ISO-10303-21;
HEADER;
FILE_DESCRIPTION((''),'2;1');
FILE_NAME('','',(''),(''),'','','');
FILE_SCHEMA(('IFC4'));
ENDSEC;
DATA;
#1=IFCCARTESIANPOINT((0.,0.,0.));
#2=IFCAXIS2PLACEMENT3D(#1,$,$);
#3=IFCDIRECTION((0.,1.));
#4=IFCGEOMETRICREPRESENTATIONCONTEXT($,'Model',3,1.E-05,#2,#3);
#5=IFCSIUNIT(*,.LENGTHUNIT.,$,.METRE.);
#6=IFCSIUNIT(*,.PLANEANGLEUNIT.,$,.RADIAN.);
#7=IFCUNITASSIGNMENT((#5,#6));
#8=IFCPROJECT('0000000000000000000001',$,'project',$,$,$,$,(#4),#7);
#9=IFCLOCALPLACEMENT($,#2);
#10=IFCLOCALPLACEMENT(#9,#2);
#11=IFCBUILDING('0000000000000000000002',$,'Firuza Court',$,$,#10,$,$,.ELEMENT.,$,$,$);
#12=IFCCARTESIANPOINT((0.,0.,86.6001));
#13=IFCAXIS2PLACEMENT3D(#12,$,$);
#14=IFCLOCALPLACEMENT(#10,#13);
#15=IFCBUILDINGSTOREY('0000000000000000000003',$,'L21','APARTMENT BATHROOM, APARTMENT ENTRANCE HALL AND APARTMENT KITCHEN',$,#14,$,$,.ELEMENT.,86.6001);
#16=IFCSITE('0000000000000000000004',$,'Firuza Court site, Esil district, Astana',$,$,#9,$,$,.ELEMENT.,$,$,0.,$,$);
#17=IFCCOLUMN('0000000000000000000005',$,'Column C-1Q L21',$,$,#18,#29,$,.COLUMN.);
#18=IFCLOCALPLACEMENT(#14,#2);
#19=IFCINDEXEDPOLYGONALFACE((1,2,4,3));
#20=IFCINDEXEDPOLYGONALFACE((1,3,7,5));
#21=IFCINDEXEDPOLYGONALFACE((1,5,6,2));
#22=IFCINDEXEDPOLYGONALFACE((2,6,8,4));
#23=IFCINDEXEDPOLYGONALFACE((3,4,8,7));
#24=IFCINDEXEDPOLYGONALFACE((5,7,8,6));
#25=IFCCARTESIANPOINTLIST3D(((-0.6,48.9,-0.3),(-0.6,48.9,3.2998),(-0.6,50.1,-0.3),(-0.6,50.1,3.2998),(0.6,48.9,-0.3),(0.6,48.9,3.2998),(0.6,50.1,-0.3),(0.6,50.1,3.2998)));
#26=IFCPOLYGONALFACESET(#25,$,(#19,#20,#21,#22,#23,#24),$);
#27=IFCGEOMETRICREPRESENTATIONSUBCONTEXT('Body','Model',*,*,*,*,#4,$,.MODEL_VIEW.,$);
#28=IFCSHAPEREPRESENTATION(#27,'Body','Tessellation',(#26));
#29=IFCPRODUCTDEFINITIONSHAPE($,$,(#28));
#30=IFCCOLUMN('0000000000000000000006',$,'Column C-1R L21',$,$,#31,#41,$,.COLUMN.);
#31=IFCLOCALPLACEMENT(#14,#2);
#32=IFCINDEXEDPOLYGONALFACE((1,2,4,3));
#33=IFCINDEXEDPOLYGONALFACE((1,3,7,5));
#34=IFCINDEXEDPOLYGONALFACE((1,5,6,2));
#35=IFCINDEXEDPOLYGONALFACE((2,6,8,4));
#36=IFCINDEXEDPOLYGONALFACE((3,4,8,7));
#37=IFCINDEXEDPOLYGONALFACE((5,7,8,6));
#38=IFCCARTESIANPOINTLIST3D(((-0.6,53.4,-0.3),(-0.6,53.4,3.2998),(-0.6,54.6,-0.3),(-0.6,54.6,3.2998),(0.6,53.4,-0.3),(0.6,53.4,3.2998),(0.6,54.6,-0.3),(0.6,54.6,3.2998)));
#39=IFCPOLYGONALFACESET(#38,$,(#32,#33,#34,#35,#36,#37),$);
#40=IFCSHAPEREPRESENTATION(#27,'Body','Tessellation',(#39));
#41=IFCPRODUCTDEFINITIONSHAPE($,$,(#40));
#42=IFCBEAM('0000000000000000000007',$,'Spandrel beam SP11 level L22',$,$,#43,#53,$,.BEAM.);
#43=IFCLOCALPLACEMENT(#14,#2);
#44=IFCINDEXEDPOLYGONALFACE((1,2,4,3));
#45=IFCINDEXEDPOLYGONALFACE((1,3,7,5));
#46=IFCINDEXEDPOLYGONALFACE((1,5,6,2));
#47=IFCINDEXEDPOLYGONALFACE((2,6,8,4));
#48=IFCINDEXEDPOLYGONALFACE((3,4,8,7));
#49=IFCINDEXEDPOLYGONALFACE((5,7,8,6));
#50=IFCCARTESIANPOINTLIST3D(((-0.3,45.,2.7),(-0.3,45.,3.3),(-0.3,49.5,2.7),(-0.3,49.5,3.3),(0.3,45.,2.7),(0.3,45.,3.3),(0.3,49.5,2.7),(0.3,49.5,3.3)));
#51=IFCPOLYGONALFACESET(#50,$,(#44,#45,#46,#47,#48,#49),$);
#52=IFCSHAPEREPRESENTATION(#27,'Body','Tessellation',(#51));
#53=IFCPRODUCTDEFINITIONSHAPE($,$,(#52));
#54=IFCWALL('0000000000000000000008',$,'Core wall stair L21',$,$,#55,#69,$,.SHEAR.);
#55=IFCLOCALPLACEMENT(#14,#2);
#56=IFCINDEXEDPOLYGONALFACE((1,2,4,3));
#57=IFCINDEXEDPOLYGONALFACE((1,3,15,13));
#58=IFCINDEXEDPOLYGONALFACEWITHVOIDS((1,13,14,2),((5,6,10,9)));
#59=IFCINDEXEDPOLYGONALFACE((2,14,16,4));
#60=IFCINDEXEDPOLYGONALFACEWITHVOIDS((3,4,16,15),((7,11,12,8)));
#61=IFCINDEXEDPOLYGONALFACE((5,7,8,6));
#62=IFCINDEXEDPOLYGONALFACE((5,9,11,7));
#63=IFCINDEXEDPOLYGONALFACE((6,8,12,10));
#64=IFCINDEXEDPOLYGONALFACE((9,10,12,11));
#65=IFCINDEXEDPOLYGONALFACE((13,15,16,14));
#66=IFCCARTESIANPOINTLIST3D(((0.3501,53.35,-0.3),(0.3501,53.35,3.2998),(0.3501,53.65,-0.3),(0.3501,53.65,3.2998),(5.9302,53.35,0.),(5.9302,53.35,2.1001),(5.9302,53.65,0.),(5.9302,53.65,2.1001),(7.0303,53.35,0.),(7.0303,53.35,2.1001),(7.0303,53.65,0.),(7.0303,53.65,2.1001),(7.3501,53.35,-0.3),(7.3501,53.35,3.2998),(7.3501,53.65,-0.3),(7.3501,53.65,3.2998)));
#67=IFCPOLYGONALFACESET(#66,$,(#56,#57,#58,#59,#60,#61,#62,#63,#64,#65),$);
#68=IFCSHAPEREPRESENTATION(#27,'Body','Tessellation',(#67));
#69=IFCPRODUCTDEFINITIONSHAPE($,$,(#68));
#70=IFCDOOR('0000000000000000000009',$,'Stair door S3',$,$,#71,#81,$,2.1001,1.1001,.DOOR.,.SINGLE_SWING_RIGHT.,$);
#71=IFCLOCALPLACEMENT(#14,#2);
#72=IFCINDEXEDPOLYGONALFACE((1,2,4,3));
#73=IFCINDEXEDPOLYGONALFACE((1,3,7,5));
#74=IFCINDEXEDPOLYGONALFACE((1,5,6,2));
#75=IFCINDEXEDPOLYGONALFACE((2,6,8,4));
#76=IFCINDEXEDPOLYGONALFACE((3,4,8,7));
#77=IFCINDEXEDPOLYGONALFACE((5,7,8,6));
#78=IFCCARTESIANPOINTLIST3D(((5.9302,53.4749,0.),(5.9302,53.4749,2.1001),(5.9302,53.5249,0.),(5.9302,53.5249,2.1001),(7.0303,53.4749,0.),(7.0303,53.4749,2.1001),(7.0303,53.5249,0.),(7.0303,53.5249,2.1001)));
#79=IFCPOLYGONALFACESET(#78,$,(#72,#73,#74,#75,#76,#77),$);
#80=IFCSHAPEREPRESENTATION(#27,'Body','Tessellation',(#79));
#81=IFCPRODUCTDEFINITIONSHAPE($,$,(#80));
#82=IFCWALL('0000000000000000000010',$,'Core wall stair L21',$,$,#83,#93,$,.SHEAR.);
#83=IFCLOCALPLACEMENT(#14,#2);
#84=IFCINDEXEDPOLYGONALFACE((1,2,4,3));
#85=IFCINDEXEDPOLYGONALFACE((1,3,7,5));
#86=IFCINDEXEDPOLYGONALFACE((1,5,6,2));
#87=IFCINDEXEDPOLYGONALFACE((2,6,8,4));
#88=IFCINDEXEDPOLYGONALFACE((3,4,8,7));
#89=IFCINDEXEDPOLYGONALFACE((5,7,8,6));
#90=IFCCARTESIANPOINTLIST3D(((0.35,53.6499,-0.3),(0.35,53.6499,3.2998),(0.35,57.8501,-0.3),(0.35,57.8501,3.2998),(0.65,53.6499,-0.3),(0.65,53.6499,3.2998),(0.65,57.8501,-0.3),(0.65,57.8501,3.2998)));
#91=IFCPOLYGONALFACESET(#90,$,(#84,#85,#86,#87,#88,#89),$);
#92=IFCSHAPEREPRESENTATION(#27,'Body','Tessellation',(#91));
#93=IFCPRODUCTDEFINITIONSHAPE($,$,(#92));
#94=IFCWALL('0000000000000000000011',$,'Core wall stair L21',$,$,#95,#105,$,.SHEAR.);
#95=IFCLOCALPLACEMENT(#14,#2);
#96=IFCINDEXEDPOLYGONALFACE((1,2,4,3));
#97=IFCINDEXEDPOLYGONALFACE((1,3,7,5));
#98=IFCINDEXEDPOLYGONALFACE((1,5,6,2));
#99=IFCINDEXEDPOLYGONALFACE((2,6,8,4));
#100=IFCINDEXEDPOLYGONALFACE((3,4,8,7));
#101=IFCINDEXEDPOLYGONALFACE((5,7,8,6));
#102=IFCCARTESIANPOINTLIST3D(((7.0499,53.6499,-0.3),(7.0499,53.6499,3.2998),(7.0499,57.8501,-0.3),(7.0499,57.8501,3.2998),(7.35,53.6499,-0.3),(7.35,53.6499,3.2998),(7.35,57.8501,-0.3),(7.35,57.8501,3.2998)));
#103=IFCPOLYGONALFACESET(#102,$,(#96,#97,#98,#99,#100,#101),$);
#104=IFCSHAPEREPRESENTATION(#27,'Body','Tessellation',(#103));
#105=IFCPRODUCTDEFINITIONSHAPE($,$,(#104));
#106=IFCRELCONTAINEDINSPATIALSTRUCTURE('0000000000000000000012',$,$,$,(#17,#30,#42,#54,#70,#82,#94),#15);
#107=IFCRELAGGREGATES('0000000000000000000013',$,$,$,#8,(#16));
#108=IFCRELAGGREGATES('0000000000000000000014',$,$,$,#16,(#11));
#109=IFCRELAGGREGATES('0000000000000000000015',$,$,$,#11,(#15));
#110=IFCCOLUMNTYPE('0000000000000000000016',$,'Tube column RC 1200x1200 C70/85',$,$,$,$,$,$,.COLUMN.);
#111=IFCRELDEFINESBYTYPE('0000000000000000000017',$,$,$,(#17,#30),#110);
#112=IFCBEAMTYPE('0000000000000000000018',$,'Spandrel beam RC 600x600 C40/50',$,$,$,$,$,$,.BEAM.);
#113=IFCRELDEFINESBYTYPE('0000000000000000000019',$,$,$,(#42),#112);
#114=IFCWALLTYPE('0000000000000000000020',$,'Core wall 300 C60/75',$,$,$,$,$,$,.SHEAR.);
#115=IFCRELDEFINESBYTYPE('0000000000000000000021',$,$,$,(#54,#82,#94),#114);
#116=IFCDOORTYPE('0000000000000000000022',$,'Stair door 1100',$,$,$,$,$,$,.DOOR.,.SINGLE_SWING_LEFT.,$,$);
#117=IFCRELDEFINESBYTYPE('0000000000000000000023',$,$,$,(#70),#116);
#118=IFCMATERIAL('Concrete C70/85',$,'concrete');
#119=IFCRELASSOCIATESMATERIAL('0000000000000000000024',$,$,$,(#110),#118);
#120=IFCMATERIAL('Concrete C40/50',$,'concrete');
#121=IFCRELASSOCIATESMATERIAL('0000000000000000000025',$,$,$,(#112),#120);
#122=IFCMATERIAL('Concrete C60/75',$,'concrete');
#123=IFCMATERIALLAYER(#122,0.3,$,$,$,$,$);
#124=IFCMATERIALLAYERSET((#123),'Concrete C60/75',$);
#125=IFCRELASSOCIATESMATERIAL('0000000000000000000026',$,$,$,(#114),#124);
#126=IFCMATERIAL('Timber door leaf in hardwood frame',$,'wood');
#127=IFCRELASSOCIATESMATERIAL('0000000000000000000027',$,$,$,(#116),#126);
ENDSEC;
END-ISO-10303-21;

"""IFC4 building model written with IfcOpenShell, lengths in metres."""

from ifc_helpers import new_model, si_unit, direction, frame, frame_2d, origin, origin_2d, place, context, subcontext, project, spatial, rectangle, extrude, material, layer, layer_set, material_profile, profile_set, type_object, element, fill, save


model = new_model("IFC4")

# Units and contexts
model_context = context("Model", 3, precision=1e-05, world=origin(), true_north=direction((0.0, 1.0)))
body_context = subcontext(model_context, "Body", "Model", "MODEL_VIEW")
ifc_project = project(units=[si_unit("LENGTHUNIT", "METRE"), si_unit("PLANEANGLEUNIT", "RADIAN")], contexts=[model_context])

# Site, building, storey
site_placement = place(None, origin())
site = spatial("IfcSite", under=ifc_project, at=site_placement, Name="Firuza Court site, Esil district, Astana", CompositionType="ELEMENT", RefElevation=0.0)
building_placement = place(site_placement, origin())
building = spatial("IfcBuilding", under=site, at=building_placement, Name="Firuza Court", CompositionType="ELEMENT")
storey_placement = place(building_placement, frame((0.0, 0.0, 86.6001)))
storey = spatial("IfcBuildingStorey", under=building, at=storey_placement, Name="L21", Description="APARTMENT BATHROOM, APARTMENT ENTRANCE HALL AND APARTMENT KITCHEN", CompositionType="ELEMENT", Elevation=86.6001)

# Columns
ifc_material_1 = material(Name="Concrete C70/85", Category="concrete")
ifc_material_profile_1 = material_profile(ifc_material_1, rectangle(XDim=1.2, YDim=1.2, at=origin_2d()), Name="RC 1200x1200")
ifc_profile_set_1 = profile_set([ifc_material_profile_1], Name="Concrete C70/85")
column_type = type_object("IfcColumnType", Name="Tube column RC 1200x1200 C70/85", PredefinedType="COLUMN", material=ifc_profile_set_1)
for number, where, z_axis, x_axis, name in (
    (1, (0.0, 49.5, -0.3), (0.0, 0.0, 1.0), (1.0, 0.0, 0.0), "Column C-1Q L21"),
    (2, (0.0, 54.0, -0.3), (0.0, 0.0, 1.0), (1.0, 0.0, 0.0), "Column C-1R L21"),
):
    element("IfcColumn", number, at=place(storey_placement, frame(where, z_axis=z_axis, x_axis=x_axis)), inside=storey, type_object=column_type, Name=name, PredefinedType="COLUMN", context=body_context, shape_type="SweptSolid", body=[
        extrude(rectangle(XDim=1.2, YDim=1.2, at=origin_2d()), origin(), (0.0, 0.0, 1.0), 3.5999),
    ])

# Beam
ifc_material_2 = material(Name="Concrete C40/50", Category="concrete")
ifc_material_profile_2 = material_profile(ifc_material_2, rectangle(XDim=0.6001, YDim=0.6001, at=origin_2d()), Name="RC 600x600")
ifc_profile_set_2 = profile_set([ifc_material_profile_2], Name="Concrete C40/50")
beam_type = type_object("IfcBeamType", Name="Spandrel beam RC 600x600 C40/50", PredefinedType="BEAM", material=ifc_profile_set_2)
beam_placement = place(storey_placement, frame((0.0, 49.5, 3.0), z_axis=(0.0, -1.0, 0.0), x_axis=(1.0, 0.0, 0.0)))
element("IfcBeam", 3, at=beam_placement, inside=storey, type_object=beam_type, Name="Spandrel beam SP11 level L22", PredefinedType="BEAM", context=body_context, shape_type="SweptSolid", body=[
    extrude(rectangle(XDim=0.6001, YDim=0.6001, at=origin_2d()), origin(), (0.0, 0.0, 1.0), 4.5),
])

# Wall, opening, door
ifc_material_3 = material(Name="Concrete C60/75", Category="concrete")
ifc_layer_1 = layer(ifc_material_3, 0.3)
ifc_layer_set_1 = layer_set([ifc_layer_1], Name="Concrete C60/75")
wall_type_1 = type_object("IfcWallType", Name="Core wall 300 C60/75", PredefinedType="SHEAR", material=ifc_layer_set_1)
wall_1_placement = place(storey_placement, frame((0.3501, 53.5, -0.3), z_axis=(0.0, 0.0, 1.0), x_axis=(1.0, 0.0, 0.0)))
wall_1 = element("IfcWall", 4, at=wall_1_placement, inside=storey, type_object=wall_type_1, Name="Core wall stair L21", PredefinedType="SHEAR", context=body_context, shape_type="SweptSolid", body=[
    extrude(rectangle(XDim=7.0, YDim=0.3, at=frame_2d((3.5, 0.0))), origin(), (0.0, 0.0, 1.0), 3.5999),
])
opening_1_placement = place(wall_1_placement, frame((5.5801, 0.0, 0.3)))
opening_1 = element("IfcOpeningElement", 5, at=opening_1_placement, cuts=wall_1, PredefinedType="OPENING", context=body_context, shape_type="SweptSolid", body=[
    extrude(rectangle(XDim=1.1001, YDim=2.1001, at=frame_2d((0.55, 1.05))), frame((0.0, 0.1621, 0.0), z_axis=(0.0, -1.0, 0.0), x_axis=(1.0, 0.0, 0.0)), (0.0, 0.0, 1.0), 0.324),
])
ifc_material_4 = material(Name="Timber door leaf in hardwood frame", Category="wood")
door_type_1 = type_object("IfcDoorType", Name="Stair door 1100", OperationType="SINGLE_SWING_LEFT", PredefinedType="DOOR", material=ifc_material_4)
door_1_placement = place(opening_1_placement, origin())
door_1 = element("IfcDoor", 6, at=door_1_placement, inside=storey, type_object=door_type_1, Name="Stair door S3", OperationType="SINGLE_SWING_RIGHT", OverallHeight=2.1001, OverallWidth=1.1001, PredefinedType="DOOR", context=body_context, shape_type="SweptSolid", body=[
    extrude(rectangle(XDim=1.1001, YDim=2.1001, at=frame_2d((0.55, 1.05))), frame((0.0, 0.0249, 0.0), z_axis=(0.0, -1.0, 0.0), x_axis=(1.0, 0.0, 0.0)), (0.0, 0.0, 1.0), 0.05),
])
fill(opening_1, door_1)

# Walls
for number, where, z_axis, x_axis, name in (
    (7, (0.5, 53.6499, -0.3), (0.0, 0.0, 1.0), (0.0, 1.0, 0.0), "Core wall stair L21"),
    (8, (7.2, 53.6499, -0.3), (0.0, 0.0, 1.0), (0.0, 1.0, 0.0), "Core wall stair L21"),
):
    element("IfcWall", number, at=place(storey_placement, frame(where, z_axis=z_axis, x_axis=x_axis)), inside=storey, type_object=wall_type_1, Name=name, PredefinedType="SHEAR", context=body_context, shape_type="SweptSolid", body=[
        extrude(rectangle(XDim=4.2002, YDim=0.3, at=frame_2d((2.1001, 0.0))), origin(), (0.0, 0.0, 1.0), 3.5999),
    ])

save(model, "model.ifc")
